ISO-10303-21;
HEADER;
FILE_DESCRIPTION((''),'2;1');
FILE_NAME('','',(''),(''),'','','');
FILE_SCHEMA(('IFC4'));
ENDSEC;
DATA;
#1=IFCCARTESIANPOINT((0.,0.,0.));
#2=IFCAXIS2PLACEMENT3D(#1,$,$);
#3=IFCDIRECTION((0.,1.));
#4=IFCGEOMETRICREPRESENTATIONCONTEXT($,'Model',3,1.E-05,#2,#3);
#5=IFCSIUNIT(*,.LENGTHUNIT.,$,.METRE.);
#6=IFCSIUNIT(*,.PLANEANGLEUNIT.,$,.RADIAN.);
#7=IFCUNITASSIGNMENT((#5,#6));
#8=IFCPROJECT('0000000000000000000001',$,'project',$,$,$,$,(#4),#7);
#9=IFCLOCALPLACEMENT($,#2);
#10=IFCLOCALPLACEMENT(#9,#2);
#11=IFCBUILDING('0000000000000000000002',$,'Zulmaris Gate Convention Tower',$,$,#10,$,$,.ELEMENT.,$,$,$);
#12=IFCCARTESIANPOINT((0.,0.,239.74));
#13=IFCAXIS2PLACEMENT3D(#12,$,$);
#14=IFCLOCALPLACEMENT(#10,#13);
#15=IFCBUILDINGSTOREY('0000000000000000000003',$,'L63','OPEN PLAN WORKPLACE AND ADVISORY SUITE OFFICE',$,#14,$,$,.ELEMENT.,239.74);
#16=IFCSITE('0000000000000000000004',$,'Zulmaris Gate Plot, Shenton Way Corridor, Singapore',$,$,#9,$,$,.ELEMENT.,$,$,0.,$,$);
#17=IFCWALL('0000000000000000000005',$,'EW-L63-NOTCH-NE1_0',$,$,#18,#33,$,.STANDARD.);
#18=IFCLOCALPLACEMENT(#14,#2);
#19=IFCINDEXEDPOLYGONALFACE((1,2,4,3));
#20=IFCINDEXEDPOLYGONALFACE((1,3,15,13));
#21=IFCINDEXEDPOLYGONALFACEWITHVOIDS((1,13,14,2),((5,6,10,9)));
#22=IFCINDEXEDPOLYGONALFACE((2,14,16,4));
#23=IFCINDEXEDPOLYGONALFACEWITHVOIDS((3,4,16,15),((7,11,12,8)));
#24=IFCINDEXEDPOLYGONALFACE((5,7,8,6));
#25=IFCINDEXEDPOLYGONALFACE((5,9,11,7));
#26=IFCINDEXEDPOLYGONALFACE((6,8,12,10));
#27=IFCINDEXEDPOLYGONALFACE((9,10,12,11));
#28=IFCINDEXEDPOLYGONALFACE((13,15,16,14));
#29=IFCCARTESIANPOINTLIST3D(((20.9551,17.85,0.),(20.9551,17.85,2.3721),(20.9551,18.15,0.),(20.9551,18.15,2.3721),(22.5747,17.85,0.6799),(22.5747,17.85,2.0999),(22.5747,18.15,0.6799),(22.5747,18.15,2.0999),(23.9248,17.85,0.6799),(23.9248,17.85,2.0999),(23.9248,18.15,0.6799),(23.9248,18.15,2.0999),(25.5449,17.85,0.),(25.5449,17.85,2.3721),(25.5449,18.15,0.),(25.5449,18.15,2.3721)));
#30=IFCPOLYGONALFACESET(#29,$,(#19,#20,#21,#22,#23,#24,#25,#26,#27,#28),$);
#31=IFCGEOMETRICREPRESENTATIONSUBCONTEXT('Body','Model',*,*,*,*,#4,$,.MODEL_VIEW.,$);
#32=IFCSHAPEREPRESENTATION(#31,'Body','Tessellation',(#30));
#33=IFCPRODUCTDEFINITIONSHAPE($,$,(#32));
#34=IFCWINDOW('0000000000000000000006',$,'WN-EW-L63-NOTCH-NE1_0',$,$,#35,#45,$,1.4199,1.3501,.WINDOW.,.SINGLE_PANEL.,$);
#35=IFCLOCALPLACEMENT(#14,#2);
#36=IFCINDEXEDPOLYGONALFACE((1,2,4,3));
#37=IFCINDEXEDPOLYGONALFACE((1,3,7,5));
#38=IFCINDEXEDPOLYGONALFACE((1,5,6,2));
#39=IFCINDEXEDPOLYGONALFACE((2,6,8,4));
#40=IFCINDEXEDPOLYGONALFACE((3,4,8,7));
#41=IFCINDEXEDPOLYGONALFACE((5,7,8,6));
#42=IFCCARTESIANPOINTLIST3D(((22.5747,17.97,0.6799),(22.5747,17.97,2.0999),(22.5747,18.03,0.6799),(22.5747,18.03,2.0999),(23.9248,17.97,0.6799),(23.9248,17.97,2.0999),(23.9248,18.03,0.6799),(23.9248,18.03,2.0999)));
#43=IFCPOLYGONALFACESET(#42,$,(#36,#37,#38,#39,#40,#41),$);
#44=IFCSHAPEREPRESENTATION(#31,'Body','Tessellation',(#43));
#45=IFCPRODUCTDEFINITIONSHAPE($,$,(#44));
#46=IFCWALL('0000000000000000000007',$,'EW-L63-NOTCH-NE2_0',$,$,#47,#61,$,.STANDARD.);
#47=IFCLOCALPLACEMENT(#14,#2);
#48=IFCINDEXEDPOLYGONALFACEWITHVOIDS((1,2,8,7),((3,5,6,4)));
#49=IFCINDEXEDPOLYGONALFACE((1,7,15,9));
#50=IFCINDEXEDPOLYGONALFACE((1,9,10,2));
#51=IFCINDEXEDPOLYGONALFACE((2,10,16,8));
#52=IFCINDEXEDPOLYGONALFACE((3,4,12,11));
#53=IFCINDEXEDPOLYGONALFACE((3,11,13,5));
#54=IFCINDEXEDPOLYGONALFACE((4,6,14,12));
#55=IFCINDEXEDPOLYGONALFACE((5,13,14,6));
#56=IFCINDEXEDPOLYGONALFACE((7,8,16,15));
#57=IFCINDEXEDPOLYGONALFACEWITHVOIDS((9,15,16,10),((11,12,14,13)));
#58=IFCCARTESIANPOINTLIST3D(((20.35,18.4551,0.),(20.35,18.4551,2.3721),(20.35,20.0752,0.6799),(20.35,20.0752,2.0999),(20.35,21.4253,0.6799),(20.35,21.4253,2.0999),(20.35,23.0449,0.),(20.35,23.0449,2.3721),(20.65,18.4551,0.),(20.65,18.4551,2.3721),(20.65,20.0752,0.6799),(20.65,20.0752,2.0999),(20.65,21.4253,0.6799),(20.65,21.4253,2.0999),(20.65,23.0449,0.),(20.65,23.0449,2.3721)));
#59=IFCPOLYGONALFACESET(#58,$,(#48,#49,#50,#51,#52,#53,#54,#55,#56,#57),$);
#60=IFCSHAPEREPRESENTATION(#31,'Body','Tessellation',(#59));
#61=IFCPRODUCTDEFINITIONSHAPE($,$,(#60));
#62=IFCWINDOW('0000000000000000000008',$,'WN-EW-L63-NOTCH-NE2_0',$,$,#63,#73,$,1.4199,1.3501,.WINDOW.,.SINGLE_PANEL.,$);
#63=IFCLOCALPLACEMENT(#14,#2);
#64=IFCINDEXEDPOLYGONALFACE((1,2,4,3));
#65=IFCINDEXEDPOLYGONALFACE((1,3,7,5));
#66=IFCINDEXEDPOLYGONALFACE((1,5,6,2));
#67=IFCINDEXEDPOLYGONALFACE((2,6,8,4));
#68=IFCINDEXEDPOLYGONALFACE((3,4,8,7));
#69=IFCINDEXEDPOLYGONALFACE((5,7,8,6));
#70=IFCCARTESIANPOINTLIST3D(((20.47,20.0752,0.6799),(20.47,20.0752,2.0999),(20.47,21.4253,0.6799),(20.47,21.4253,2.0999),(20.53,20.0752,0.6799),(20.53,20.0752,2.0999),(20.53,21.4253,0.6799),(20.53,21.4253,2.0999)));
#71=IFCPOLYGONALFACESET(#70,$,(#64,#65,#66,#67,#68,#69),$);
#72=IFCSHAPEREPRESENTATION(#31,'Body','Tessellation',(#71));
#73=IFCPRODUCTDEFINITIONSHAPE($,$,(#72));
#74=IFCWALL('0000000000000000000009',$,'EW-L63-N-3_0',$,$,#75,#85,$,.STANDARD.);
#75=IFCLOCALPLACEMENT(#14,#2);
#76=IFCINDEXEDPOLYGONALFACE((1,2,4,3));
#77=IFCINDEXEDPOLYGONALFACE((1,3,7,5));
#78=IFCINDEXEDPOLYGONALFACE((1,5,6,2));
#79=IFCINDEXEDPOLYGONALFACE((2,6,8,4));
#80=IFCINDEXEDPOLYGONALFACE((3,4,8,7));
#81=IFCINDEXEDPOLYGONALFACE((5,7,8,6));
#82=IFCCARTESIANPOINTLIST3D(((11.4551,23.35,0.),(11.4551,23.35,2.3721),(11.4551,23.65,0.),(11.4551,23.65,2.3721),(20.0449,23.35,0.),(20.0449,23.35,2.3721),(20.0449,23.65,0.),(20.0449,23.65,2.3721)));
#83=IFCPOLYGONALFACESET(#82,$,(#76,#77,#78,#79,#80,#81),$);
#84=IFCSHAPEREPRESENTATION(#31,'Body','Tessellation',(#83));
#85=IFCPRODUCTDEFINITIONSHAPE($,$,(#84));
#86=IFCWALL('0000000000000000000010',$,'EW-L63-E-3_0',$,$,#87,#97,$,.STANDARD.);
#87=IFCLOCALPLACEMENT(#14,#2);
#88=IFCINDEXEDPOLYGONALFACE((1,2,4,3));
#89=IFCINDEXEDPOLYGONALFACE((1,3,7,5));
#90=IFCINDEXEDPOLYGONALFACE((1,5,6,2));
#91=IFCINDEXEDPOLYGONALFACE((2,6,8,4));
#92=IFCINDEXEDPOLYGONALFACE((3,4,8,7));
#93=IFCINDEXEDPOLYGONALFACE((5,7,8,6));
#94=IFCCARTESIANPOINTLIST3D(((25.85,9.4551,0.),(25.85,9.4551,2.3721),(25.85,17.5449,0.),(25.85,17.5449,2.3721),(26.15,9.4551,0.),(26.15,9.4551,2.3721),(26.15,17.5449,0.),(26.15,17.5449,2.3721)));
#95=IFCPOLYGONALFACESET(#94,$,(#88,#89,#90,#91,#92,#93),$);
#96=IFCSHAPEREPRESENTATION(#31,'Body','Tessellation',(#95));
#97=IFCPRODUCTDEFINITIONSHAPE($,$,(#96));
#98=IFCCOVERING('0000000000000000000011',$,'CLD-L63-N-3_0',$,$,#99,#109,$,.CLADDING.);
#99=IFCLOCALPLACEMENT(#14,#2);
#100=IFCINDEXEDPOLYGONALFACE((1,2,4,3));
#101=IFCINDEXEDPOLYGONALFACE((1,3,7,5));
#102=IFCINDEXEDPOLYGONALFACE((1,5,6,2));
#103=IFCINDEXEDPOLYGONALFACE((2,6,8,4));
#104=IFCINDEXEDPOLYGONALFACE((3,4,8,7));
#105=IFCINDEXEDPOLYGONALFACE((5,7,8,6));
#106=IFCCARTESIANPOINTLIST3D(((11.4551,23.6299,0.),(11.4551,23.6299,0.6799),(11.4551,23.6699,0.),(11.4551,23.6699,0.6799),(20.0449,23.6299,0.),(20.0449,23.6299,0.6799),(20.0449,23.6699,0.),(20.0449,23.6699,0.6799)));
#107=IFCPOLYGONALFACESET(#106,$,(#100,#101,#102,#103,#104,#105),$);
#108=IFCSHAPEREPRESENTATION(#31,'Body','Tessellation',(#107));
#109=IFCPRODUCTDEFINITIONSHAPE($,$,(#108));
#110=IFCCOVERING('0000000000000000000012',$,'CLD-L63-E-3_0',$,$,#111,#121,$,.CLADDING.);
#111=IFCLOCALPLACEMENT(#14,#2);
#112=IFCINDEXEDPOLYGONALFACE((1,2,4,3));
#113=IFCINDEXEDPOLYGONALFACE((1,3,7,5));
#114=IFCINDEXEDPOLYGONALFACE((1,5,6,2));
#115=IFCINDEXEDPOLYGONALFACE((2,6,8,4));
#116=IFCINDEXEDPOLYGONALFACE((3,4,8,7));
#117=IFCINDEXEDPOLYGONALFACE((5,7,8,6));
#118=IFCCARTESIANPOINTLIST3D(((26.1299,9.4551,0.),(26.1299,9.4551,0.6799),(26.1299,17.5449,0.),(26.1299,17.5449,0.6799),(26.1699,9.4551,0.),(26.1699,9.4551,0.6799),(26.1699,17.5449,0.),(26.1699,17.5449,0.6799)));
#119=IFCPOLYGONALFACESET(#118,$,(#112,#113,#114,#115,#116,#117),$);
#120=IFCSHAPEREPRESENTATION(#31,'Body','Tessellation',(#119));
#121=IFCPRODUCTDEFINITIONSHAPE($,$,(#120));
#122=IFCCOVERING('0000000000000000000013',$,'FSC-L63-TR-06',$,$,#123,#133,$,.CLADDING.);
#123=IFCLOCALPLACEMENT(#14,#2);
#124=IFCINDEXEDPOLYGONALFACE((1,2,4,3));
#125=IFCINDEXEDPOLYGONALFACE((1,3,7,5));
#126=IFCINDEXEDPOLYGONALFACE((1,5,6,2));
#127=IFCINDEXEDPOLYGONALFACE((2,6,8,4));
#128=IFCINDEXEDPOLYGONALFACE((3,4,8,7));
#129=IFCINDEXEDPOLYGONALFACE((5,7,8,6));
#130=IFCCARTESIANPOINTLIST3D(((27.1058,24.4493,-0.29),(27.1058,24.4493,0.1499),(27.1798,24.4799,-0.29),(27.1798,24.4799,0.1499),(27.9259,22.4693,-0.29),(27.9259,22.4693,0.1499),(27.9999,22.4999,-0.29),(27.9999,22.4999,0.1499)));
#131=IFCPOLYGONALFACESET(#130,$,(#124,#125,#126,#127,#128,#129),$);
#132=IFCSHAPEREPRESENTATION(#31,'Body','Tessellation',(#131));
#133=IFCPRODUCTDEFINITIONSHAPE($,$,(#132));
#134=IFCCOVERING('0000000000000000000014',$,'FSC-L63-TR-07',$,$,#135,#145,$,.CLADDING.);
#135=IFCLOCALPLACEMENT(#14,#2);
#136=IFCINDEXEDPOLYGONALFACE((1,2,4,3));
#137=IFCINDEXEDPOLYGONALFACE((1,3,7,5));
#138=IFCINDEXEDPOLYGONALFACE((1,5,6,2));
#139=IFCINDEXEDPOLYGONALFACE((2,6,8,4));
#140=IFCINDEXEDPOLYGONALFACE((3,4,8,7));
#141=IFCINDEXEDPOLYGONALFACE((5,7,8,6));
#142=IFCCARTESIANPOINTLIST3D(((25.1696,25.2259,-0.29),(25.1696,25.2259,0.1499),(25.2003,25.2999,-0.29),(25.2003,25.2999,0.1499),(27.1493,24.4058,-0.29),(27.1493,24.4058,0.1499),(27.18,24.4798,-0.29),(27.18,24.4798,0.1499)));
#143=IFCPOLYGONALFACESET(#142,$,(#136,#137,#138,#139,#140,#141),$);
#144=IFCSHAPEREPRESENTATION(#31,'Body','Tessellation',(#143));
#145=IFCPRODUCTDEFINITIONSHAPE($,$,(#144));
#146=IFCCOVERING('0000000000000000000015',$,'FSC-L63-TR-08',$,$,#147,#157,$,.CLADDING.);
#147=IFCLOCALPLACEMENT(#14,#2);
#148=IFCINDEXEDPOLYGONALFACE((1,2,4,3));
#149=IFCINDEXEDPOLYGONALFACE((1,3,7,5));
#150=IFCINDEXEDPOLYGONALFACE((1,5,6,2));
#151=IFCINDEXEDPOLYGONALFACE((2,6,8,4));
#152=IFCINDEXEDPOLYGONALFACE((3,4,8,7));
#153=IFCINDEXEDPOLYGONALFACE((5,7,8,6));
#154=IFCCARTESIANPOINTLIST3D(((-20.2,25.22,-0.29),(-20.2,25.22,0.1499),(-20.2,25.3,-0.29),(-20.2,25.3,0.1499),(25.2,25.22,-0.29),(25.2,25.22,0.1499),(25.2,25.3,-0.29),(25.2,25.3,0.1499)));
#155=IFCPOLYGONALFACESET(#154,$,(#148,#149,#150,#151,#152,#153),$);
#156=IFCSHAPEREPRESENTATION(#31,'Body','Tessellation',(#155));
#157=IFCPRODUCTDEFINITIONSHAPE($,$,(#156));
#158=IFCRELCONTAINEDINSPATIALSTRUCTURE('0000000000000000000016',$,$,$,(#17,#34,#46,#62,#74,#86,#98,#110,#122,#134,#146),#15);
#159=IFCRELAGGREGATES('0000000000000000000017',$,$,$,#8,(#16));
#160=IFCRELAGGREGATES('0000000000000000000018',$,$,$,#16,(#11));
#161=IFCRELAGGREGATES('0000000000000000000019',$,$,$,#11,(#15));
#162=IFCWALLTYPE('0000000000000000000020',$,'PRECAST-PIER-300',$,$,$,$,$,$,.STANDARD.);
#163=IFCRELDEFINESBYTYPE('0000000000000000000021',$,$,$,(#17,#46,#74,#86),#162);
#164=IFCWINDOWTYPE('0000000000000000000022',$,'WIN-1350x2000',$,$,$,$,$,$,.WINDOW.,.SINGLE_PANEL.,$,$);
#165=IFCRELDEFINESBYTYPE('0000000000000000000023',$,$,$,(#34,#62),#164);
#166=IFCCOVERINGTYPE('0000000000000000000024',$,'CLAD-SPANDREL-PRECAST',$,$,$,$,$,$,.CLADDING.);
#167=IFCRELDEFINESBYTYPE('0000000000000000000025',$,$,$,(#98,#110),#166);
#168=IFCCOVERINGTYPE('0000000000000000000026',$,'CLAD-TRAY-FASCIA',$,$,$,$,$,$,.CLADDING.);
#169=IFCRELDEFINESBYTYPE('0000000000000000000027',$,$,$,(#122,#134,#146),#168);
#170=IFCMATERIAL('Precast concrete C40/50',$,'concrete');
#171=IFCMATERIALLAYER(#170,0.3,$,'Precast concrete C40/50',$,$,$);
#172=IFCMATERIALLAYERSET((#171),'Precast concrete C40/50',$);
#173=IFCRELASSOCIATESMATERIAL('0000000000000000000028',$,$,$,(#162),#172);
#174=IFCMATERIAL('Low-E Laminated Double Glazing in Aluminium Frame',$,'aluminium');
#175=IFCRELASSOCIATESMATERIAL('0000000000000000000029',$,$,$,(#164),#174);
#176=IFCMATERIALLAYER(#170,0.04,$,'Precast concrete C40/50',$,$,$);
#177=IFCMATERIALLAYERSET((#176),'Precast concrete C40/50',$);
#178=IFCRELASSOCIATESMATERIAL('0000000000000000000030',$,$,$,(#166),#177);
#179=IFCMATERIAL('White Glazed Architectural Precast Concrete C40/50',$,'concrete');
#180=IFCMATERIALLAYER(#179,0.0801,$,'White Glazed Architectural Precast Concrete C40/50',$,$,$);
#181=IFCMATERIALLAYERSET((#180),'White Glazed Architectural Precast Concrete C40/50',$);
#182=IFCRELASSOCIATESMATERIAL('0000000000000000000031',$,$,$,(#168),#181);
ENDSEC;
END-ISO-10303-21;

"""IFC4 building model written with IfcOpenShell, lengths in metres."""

from ifc_helpers import new_model, si_unit, direction, frame, frame_2d, origin, place, context, subcontext, project, spatial, rectangle, extrude, material, layer, layer_set, type_object, element, fill, save


model = new_model("IFC4")

# Units and contexts
model_context = context("Model", 3, precision=1e-05, world=origin(), true_north=direction((0.0, 1.0)))
body_context = subcontext(model_context, "Body", "Model", "MODEL_VIEW")
ifc_project = project(units=[si_unit("LENGTHUNIT", "METRE"), si_unit("PLANEANGLEUNIT", "RADIAN")], contexts=[model_context])

# Site, building, storey
site_placement = place(None, origin())
site = spatial("IfcSite", under=ifc_project, at=site_placement, Name="Zulmaris Gate Plot, Shenton Way Corridor, Singapore", CompositionType="ELEMENT", RefElevation=0.0)
building_placement = place(site_placement, origin())
building = spatial("IfcBuilding", under=site, at=building_placement, Name="Zulmaris Gate Convention Tower", CompositionType="ELEMENT")
storey_placement = place(building_placement, frame((0.0, 0.0, 239.74)))
storey = spatial("IfcBuildingStorey", under=building, at=storey_placement, Name="L63", Description="OPEN PLAN WORKPLACE AND ADVISORY SUITE OFFICE", CompositionType="ELEMENT", Elevation=239.74)

# Walls, openings, windows
ifc_material_1 = material(Name="Precast concrete C40/50", Category="concrete")
ifc_layer_1 = layer(ifc_material_1, 0.3, Name="Precast concrete C40/50")
ifc_layer_set_1 = layer_set([ifc_layer_1], Name="Precast concrete C40/50")
wall_type_1 = type_object("IfcWallType", Name="PRECAST-PIER-300", PredefinedType="STANDARD", material=ifc_layer_set_1)
wall_1_placement = place(storey_placement, frame((25.5449, 18.0, 0.0), z_axis=(0.0, 0.0, 1.0), x_axis=(-1.0, 0.0, 0.0)))
wall_1 = element("IfcWall", 1, at=wall_1_placement, inside=storey, type_object=wall_type_1, Name="EW-L63-NOTCH-NE1_0", PredefinedType="STANDARD", context=body_context, shape_type="SweptSolid", body=[
    extrude(rectangle(XDim=4.5898, YDim=0.3, at=frame_2d((2.2949, 0.0))), origin(), (0.0, 0.0, 1.0), 2.3721),
])
opening_1_placement = place(wall_1_placement, frame((1.6201, 0.0, 0.6799)))
opening_1 = element("IfcOpeningElement", 2, at=opening_1_placement, cuts=wall_1, PredefinedType="OPENING", context=body_context, shape_type="SweptSolid", body=[
    extrude(rectangle(XDim=1.3501, YDim=1.4199, at=frame_2d((0.675, 0.71))), frame((0.0, 0.1602, 0.0), z_axis=(0.0, -1.0, 0.0), x_axis=(1.0, 0.0, 0.0)), (0.0, 0.0, 1.0), 0.3201),
])
ifc_material_2 = material(Name="Low-E Laminated Double Glazing in Aluminium Frame", Category="aluminium")
window_type = type_object("IfcWindowType", Name="WIN-1350x2000", PartitioningType="SINGLE_PANEL", PredefinedType="WINDOW", material=ifc_material_2)
window_1_placement = place(opening_1_placement, origin())
window_1 = element("IfcWindow", 3, at=window_1_placement, inside=storey, type_object=window_type, Name="WN-EW-L63-NOTCH-NE1_0", OverallHeight=1.4199, OverallWidth=1.3501, PartitioningType="SINGLE_PANEL", PredefinedType="WINDOW", context=body_context, shape_type="SweptSolid", body=[
    extrude(rectangle(XDim=1.3501, YDim=1.4199, at=frame_2d((0.675, 0.71))), frame((0.0, 0.03, 0.0), z_axis=(0.0, -1.0, 0.0), x_axis=(1.0, 0.0, 0.0)), (0.0, 0.0, 1.0), 0.0601),
])
fill(opening_1, window_1)
wall_2_placement = place(storey_placement, frame((20.5, 18.4551, 0.0), z_axis=(0.0, 0.0, 1.0), x_axis=(0.0, 1.0, 0.0)))
wall_2 = element("IfcWall", 4, at=wall_2_placement, inside=storey, type_object=wall_type_1, Name="EW-L63-NOTCH-NE2_0", PredefinedType="STANDARD", context=body_context, shape_type="SweptSolid", body=[
    extrude(rectangle(XDim=4.5898, YDim=0.3, at=frame_2d((2.2949, 0.0))), origin(), (0.0, 0.0, 1.0), 2.3721),
])
opening_2_placement = place(wall_2_placement, frame((1.6201, 0.0, 0.6799)))
opening_2 = element("IfcOpeningElement", 5, at=opening_2_placement, cuts=wall_2, PredefinedType="OPENING", context=body_context, shape_type="SweptSolid", body=[
    extrude(rectangle(XDim=1.3501, YDim=1.4199, at=frame_2d((0.675, 0.71))), frame((0.0, 0.1602, 0.0), z_axis=(0.0, -1.0, 0.0), x_axis=(1.0, 0.0, 0.0)), (0.0, 0.0, 1.0), 0.3201),
])
window_2_placement = place(opening_2_placement, origin())
window_2 = element("IfcWindow", 6, at=window_2_placement, inside=storey, type_object=window_type, Name="WN-EW-L63-NOTCH-NE2_0", OverallHeight=1.4199, OverallWidth=1.3501, PartitioningType="SINGLE_PANEL", PredefinedType="WINDOW", context=body_context, shape_type="SweptSolid", body=[
    extrude(rectangle(XDim=1.3501, YDim=1.4199, at=frame_2d((0.675, 0.71))), frame((0.0, 0.03, 0.0), z_axis=(0.0, -1.0, 0.0), x_axis=(1.0, 0.0, 0.0)), (0.0, 0.0, 1.0), 0.0601),
])
fill(opening_2, window_2)

# Walls
wall_3_placement = place(storey_placement, frame((20.0449, 23.5, 0.0), z_axis=(0.0, 0.0, 1.0), x_axis=(-1.0, 0.0, 0.0)))
element("IfcWall", 7, at=wall_3_placement, inside=storey, type_object=wall_type_1, Name="EW-L63-N-3_0", PredefinedType="STANDARD", context=body_context, shape_type="SweptSolid", body=[
    extrude(rectangle(XDim=8.5898, YDim=0.3, at=frame_2d((4.2949, 0.0))), origin(), (0.0, 0.0, 1.0), 2.3721),
])
wall_4_placement = place(storey_placement, frame((26.0, 9.4551, 0.0), z_axis=(0.0, 0.0, 1.0), x_axis=(0.0, 1.0, 0.0)))
element("IfcWall", 8, at=wall_4_placement, inside=storey, type_object=wall_type_1, Name="EW-L63-E-3_0", PredefinedType="STANDARD", context=body_context, shape_type="SweptSolid", body=[
    extrude(rectangle(XDim=8.0898, YDim=0.3, at=frame_2d((4.0449, 0.0))), origin(), (0.0, 0.0, 1.0), 2.3721),
])

# Coverings
ifc_layer_2 = layer(ifc_material_1, 0.04, Name="Precast concrete C40/50")
ifc_layer_set_2 = layer_set([ifc_layer_2], Name="Precast concrete C40/50")
covering_type_1 = type_object("IfcCoveringType", Name="CLAD-SPANDREL-PRECAST", PredefinedType="CLADDING", material=ifc_layer_set_2)
covering_1_placement = place(storey_placement, frame((20.0449, 23.6499, 0.0), z_axis=(0.0, 0.0, 1.0), x_axis=(-1.0, 0.0, 0.0)))
element("IfcCovering", 9, at=covering_1_placement, inside=storey, type_object=covering_type_1, Name="CLD-L63-N-3_0", PredefinedType="CLADDING", context=body_context, shape_type="SweptSolid", body=[
    extrude(rectangle(XDim=8.5898, YDim=0.04, at=frame_2d((4.2949, 0.0))), origin(), (0.0, 0.0, 1.0), 0.6799),
])
covering_2_placement = place(storey_placement, frame((26.1499, 9.4551, 0.0), z_axis=(0.0, 0.0, 1.0), x_axis=(0.0, 1.0, 0.0)))
element("IfcCovering", 10, at=covering_2_placement, inside=storey, type_object=covering_type_1, Name="CLD-L63-E-3_0", PredefinedType="CLADDING", context=body_context, shape_type="SweptSolid", body=[
    extrude(rectangle(XDim=8.0898, YDim=0.04, at=frame_2d((4.0449, 0.0))), origin(), (0.0, 0.0, 1.0), 0.6799),
])
ifc_material_3 = material(Name="White Glazed Architectural Precast Concrete C40/50", Category="concrete")
ifc_layer_3 = layer(ifc_material_3, 0.0801, Name="White Glazed Architectural Precast Concrete C40/50")
ifc_layer_set_3 = layer_set([ifc_layer_3], Name="White Glazed Architectural Precast Concrete C40/50")
covering_type_2 = type_object("IfcCoveringType", Name="CLAD-TRAY-FASCIA", PredefinedType="CLADDING", material=ifc_layer_set_3)
covering_3_placement = place(storey_placement, frame((27.9629, 22.4846, -0.29), z_axis=(0.0, 0.0, 1.0), x_axis=(-0.382657, 0.92389, 0.0)))
element("IfcCovering", 11, at=covering_3_placement, inside=storey, type_object=covering_type_2, Name="FSC-L63-TR-06", PredefinedType="CLADDING", context=body_context, shape_type="SweptSolid", body=[
    extrude(rectangle(XDim=2.1431, YDim=0.0801, at=frame_2d((1.0715, 0.0))), origin(), (0.0, 0.0, 1.0), 0.4399),
])
covering_4_placement = place(storey_placement, frame((27.1646, 24.4429, -0.29), z_axis=(0.0, 0.0, 1.0), x_axis=(-0.923874, 0.382697, 0.0)))
element("IfcCovering", 12, at=covering_4_placement, inside=storey, type_object=covering_type_2, Name="FSC-L63-TR-07", PredefinedType="CLADDING", context=body_context, shape_type="SweptSolid", body=[
    extrude(rectangle(XDim=2.1428, YDim=0.0801, at=frame_2d((1.0713, 0.0))), origin(), (0.0, 0.0, 1.0), 0.4399),
])
covering_5_placement = place(storey_placement, frame((25.2, 25.26, -0.29), z_axis=(0.0, 0.0, 1.0), x_axis=(-1.0, 0.0, 0.0)))
element("IfcCovering", 13, at=covering_5_placement, inside=storey, type_object=covering_type_2, Name="FSC-L63-TR-08", PredefinedType="CLADDING", context=body_context, shape_type="SweptSolid", body=[
    extrude(rectangle(XDim=45.3999, YDim=0.0801, at=frame_2d((22.7, 0.0))), origin(), (0.0, 0.0, 1.0), 0.4399),
])

save(model, "model.ifc")
